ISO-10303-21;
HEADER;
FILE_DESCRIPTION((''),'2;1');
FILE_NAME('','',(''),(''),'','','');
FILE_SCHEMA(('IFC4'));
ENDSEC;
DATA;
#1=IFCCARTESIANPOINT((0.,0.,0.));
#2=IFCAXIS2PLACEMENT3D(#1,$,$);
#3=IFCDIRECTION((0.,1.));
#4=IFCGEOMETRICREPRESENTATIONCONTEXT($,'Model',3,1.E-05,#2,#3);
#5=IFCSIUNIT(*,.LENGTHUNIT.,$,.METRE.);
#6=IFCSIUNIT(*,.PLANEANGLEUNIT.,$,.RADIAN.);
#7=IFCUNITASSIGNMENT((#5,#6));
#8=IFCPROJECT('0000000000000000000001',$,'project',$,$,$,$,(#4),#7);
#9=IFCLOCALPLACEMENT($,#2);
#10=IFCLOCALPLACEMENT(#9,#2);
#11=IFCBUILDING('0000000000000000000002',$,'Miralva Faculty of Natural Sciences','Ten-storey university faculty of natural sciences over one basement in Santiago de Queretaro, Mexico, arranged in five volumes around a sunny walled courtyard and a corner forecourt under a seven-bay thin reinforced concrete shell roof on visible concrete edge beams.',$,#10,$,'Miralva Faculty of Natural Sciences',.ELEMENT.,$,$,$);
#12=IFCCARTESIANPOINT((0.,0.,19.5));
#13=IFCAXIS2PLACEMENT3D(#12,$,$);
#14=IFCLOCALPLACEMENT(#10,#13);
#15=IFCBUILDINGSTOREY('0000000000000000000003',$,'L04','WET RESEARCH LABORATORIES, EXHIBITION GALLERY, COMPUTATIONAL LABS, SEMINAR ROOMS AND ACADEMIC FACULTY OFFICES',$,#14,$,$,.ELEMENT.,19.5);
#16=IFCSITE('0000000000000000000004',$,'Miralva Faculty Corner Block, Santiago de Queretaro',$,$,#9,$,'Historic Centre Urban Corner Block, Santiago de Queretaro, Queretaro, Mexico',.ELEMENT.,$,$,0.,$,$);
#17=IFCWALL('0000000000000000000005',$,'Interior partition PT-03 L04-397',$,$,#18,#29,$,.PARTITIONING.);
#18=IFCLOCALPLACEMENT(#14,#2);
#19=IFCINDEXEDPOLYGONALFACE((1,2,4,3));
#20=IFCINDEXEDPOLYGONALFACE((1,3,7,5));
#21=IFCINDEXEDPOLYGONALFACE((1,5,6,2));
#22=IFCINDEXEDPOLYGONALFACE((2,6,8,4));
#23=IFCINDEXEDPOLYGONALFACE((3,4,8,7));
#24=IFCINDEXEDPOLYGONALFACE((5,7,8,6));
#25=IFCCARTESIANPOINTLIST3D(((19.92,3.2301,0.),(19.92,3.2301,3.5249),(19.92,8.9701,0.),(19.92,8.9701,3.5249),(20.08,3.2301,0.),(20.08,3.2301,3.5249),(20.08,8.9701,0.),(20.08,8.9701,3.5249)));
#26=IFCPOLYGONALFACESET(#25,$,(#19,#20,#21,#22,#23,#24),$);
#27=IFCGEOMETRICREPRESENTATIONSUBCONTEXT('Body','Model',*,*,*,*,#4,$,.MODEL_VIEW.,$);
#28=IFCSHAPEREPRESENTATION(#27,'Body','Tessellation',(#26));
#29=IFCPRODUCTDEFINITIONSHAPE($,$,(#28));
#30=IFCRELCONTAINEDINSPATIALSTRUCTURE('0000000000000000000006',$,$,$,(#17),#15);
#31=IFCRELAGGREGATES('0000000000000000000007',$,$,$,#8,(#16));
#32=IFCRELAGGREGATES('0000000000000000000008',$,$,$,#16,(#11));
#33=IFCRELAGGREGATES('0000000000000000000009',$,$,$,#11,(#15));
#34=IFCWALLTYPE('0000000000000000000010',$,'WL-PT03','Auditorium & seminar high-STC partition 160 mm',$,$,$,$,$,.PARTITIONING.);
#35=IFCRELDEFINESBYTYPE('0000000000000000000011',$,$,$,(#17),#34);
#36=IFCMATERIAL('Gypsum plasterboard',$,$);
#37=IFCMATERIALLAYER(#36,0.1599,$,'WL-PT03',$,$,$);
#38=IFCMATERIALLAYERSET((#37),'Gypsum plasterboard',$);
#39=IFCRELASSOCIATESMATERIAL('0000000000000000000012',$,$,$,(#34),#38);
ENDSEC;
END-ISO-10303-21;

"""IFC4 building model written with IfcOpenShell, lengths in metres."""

from ifc_helpers import new_model, si_unit, direction, frame, frame_2d, origin, place, context, subcontext, project, spatial, rectangle, extrude, material, layer, layer_set, type_object, element, save


model = new_model("IFC4")

# Units and contexts
model_context = context("Model", 3, precision=1e-05, world=origin(), true_north=direction((0.0, 1.0)))
body_context = subcontext(model_context, "Body", "Model", "MODEL_VIEW")
ifc_project = project(units=[si_unit("LENGTHUNIT", "METRE"), si_unit("PLANEANGLEUNIT", "RADIAN")], contexts=[model_context])

# Site, building, storey
site_placement = place(None, origin())
site = spatial("IfcSite", under=ifc_project, at=site_placement, Name="Miralva Faculty Corner Block, Santiago de Queretaro", LongName="Historic Centre Urban Corner Block, Santiago de Queretaro, Queretaro, Mexico", CompositionType="ELEMENT", RefElevation=0.0)
building_placement = place(site_placement, origin())
building = spatial("IfcBuilding", under=site, at=building_placement, Name="Miralva Faculty of Natural Sciences", Description="Ten-storey university faculty of natural sciences over one basement in Santiago de Queretaro, Mexico, arranged in five volumes around a sunny walled courtyard and a corner forecourt under a seven-bay thin reinforced concrete shell roof on visible concrete edge beams.", LongName="Miralva Faculty of Natural Sciences", CompositionType="ELEMENT")
storey_placement = place(building_placement, frame((0.0, 0.0, 19.5)))
storey = spatial("IfcBuildingStorey", under=building, at=storey_placement, Name="L04", Description="WET RESEARCH LABORATORIES, EXHIBITION GALLERY, COMPUTATIONAL LABS, SEMINAR ROOMS AND ACADEMIC FACULTY OFFICES", CompositionType="ELEMENT", Elevation=19.5)

# Wall
ifc_material_1 = material(Name="Gypsum plasterboard")
ifc_layer_1 = layer(ifc_material_1, 0.1599, Name="WL-PT03")
ifc_layer_set_1 = layer_set([ifc_layer_1], Name="Gypsum plasterboard")
wall_type = type_object("IfcWallType", Name="WL-PT03", Description="Auditorium & seminar high-STC partition 160 mm", PredefinedType="PARTITIONING", material=ifc_layer_set_1)
wall_placement = place(storey_placement, frame((20.0, 3.23, 0.0), z_axis=(0.0, 0.0, 1.0), x_axis=(0.0, 1.0, 0.0)))
element("IfcWall", 1, at=wall_placement, inside=storey, type_object=wall_type, Name="Interior partition PT-03 L04-397", PredefinedType="PARTITIONING", context=body_context, shape_type="SweptSolid", body=[
    extrude(rectangle(XDim=5.74, YDim=0.1599, at=frame_2d((2.8701, 0.0))), origin(), (0.0, 0.0, 1.0), 3.5249),
])

save(model, "model.ifc")
